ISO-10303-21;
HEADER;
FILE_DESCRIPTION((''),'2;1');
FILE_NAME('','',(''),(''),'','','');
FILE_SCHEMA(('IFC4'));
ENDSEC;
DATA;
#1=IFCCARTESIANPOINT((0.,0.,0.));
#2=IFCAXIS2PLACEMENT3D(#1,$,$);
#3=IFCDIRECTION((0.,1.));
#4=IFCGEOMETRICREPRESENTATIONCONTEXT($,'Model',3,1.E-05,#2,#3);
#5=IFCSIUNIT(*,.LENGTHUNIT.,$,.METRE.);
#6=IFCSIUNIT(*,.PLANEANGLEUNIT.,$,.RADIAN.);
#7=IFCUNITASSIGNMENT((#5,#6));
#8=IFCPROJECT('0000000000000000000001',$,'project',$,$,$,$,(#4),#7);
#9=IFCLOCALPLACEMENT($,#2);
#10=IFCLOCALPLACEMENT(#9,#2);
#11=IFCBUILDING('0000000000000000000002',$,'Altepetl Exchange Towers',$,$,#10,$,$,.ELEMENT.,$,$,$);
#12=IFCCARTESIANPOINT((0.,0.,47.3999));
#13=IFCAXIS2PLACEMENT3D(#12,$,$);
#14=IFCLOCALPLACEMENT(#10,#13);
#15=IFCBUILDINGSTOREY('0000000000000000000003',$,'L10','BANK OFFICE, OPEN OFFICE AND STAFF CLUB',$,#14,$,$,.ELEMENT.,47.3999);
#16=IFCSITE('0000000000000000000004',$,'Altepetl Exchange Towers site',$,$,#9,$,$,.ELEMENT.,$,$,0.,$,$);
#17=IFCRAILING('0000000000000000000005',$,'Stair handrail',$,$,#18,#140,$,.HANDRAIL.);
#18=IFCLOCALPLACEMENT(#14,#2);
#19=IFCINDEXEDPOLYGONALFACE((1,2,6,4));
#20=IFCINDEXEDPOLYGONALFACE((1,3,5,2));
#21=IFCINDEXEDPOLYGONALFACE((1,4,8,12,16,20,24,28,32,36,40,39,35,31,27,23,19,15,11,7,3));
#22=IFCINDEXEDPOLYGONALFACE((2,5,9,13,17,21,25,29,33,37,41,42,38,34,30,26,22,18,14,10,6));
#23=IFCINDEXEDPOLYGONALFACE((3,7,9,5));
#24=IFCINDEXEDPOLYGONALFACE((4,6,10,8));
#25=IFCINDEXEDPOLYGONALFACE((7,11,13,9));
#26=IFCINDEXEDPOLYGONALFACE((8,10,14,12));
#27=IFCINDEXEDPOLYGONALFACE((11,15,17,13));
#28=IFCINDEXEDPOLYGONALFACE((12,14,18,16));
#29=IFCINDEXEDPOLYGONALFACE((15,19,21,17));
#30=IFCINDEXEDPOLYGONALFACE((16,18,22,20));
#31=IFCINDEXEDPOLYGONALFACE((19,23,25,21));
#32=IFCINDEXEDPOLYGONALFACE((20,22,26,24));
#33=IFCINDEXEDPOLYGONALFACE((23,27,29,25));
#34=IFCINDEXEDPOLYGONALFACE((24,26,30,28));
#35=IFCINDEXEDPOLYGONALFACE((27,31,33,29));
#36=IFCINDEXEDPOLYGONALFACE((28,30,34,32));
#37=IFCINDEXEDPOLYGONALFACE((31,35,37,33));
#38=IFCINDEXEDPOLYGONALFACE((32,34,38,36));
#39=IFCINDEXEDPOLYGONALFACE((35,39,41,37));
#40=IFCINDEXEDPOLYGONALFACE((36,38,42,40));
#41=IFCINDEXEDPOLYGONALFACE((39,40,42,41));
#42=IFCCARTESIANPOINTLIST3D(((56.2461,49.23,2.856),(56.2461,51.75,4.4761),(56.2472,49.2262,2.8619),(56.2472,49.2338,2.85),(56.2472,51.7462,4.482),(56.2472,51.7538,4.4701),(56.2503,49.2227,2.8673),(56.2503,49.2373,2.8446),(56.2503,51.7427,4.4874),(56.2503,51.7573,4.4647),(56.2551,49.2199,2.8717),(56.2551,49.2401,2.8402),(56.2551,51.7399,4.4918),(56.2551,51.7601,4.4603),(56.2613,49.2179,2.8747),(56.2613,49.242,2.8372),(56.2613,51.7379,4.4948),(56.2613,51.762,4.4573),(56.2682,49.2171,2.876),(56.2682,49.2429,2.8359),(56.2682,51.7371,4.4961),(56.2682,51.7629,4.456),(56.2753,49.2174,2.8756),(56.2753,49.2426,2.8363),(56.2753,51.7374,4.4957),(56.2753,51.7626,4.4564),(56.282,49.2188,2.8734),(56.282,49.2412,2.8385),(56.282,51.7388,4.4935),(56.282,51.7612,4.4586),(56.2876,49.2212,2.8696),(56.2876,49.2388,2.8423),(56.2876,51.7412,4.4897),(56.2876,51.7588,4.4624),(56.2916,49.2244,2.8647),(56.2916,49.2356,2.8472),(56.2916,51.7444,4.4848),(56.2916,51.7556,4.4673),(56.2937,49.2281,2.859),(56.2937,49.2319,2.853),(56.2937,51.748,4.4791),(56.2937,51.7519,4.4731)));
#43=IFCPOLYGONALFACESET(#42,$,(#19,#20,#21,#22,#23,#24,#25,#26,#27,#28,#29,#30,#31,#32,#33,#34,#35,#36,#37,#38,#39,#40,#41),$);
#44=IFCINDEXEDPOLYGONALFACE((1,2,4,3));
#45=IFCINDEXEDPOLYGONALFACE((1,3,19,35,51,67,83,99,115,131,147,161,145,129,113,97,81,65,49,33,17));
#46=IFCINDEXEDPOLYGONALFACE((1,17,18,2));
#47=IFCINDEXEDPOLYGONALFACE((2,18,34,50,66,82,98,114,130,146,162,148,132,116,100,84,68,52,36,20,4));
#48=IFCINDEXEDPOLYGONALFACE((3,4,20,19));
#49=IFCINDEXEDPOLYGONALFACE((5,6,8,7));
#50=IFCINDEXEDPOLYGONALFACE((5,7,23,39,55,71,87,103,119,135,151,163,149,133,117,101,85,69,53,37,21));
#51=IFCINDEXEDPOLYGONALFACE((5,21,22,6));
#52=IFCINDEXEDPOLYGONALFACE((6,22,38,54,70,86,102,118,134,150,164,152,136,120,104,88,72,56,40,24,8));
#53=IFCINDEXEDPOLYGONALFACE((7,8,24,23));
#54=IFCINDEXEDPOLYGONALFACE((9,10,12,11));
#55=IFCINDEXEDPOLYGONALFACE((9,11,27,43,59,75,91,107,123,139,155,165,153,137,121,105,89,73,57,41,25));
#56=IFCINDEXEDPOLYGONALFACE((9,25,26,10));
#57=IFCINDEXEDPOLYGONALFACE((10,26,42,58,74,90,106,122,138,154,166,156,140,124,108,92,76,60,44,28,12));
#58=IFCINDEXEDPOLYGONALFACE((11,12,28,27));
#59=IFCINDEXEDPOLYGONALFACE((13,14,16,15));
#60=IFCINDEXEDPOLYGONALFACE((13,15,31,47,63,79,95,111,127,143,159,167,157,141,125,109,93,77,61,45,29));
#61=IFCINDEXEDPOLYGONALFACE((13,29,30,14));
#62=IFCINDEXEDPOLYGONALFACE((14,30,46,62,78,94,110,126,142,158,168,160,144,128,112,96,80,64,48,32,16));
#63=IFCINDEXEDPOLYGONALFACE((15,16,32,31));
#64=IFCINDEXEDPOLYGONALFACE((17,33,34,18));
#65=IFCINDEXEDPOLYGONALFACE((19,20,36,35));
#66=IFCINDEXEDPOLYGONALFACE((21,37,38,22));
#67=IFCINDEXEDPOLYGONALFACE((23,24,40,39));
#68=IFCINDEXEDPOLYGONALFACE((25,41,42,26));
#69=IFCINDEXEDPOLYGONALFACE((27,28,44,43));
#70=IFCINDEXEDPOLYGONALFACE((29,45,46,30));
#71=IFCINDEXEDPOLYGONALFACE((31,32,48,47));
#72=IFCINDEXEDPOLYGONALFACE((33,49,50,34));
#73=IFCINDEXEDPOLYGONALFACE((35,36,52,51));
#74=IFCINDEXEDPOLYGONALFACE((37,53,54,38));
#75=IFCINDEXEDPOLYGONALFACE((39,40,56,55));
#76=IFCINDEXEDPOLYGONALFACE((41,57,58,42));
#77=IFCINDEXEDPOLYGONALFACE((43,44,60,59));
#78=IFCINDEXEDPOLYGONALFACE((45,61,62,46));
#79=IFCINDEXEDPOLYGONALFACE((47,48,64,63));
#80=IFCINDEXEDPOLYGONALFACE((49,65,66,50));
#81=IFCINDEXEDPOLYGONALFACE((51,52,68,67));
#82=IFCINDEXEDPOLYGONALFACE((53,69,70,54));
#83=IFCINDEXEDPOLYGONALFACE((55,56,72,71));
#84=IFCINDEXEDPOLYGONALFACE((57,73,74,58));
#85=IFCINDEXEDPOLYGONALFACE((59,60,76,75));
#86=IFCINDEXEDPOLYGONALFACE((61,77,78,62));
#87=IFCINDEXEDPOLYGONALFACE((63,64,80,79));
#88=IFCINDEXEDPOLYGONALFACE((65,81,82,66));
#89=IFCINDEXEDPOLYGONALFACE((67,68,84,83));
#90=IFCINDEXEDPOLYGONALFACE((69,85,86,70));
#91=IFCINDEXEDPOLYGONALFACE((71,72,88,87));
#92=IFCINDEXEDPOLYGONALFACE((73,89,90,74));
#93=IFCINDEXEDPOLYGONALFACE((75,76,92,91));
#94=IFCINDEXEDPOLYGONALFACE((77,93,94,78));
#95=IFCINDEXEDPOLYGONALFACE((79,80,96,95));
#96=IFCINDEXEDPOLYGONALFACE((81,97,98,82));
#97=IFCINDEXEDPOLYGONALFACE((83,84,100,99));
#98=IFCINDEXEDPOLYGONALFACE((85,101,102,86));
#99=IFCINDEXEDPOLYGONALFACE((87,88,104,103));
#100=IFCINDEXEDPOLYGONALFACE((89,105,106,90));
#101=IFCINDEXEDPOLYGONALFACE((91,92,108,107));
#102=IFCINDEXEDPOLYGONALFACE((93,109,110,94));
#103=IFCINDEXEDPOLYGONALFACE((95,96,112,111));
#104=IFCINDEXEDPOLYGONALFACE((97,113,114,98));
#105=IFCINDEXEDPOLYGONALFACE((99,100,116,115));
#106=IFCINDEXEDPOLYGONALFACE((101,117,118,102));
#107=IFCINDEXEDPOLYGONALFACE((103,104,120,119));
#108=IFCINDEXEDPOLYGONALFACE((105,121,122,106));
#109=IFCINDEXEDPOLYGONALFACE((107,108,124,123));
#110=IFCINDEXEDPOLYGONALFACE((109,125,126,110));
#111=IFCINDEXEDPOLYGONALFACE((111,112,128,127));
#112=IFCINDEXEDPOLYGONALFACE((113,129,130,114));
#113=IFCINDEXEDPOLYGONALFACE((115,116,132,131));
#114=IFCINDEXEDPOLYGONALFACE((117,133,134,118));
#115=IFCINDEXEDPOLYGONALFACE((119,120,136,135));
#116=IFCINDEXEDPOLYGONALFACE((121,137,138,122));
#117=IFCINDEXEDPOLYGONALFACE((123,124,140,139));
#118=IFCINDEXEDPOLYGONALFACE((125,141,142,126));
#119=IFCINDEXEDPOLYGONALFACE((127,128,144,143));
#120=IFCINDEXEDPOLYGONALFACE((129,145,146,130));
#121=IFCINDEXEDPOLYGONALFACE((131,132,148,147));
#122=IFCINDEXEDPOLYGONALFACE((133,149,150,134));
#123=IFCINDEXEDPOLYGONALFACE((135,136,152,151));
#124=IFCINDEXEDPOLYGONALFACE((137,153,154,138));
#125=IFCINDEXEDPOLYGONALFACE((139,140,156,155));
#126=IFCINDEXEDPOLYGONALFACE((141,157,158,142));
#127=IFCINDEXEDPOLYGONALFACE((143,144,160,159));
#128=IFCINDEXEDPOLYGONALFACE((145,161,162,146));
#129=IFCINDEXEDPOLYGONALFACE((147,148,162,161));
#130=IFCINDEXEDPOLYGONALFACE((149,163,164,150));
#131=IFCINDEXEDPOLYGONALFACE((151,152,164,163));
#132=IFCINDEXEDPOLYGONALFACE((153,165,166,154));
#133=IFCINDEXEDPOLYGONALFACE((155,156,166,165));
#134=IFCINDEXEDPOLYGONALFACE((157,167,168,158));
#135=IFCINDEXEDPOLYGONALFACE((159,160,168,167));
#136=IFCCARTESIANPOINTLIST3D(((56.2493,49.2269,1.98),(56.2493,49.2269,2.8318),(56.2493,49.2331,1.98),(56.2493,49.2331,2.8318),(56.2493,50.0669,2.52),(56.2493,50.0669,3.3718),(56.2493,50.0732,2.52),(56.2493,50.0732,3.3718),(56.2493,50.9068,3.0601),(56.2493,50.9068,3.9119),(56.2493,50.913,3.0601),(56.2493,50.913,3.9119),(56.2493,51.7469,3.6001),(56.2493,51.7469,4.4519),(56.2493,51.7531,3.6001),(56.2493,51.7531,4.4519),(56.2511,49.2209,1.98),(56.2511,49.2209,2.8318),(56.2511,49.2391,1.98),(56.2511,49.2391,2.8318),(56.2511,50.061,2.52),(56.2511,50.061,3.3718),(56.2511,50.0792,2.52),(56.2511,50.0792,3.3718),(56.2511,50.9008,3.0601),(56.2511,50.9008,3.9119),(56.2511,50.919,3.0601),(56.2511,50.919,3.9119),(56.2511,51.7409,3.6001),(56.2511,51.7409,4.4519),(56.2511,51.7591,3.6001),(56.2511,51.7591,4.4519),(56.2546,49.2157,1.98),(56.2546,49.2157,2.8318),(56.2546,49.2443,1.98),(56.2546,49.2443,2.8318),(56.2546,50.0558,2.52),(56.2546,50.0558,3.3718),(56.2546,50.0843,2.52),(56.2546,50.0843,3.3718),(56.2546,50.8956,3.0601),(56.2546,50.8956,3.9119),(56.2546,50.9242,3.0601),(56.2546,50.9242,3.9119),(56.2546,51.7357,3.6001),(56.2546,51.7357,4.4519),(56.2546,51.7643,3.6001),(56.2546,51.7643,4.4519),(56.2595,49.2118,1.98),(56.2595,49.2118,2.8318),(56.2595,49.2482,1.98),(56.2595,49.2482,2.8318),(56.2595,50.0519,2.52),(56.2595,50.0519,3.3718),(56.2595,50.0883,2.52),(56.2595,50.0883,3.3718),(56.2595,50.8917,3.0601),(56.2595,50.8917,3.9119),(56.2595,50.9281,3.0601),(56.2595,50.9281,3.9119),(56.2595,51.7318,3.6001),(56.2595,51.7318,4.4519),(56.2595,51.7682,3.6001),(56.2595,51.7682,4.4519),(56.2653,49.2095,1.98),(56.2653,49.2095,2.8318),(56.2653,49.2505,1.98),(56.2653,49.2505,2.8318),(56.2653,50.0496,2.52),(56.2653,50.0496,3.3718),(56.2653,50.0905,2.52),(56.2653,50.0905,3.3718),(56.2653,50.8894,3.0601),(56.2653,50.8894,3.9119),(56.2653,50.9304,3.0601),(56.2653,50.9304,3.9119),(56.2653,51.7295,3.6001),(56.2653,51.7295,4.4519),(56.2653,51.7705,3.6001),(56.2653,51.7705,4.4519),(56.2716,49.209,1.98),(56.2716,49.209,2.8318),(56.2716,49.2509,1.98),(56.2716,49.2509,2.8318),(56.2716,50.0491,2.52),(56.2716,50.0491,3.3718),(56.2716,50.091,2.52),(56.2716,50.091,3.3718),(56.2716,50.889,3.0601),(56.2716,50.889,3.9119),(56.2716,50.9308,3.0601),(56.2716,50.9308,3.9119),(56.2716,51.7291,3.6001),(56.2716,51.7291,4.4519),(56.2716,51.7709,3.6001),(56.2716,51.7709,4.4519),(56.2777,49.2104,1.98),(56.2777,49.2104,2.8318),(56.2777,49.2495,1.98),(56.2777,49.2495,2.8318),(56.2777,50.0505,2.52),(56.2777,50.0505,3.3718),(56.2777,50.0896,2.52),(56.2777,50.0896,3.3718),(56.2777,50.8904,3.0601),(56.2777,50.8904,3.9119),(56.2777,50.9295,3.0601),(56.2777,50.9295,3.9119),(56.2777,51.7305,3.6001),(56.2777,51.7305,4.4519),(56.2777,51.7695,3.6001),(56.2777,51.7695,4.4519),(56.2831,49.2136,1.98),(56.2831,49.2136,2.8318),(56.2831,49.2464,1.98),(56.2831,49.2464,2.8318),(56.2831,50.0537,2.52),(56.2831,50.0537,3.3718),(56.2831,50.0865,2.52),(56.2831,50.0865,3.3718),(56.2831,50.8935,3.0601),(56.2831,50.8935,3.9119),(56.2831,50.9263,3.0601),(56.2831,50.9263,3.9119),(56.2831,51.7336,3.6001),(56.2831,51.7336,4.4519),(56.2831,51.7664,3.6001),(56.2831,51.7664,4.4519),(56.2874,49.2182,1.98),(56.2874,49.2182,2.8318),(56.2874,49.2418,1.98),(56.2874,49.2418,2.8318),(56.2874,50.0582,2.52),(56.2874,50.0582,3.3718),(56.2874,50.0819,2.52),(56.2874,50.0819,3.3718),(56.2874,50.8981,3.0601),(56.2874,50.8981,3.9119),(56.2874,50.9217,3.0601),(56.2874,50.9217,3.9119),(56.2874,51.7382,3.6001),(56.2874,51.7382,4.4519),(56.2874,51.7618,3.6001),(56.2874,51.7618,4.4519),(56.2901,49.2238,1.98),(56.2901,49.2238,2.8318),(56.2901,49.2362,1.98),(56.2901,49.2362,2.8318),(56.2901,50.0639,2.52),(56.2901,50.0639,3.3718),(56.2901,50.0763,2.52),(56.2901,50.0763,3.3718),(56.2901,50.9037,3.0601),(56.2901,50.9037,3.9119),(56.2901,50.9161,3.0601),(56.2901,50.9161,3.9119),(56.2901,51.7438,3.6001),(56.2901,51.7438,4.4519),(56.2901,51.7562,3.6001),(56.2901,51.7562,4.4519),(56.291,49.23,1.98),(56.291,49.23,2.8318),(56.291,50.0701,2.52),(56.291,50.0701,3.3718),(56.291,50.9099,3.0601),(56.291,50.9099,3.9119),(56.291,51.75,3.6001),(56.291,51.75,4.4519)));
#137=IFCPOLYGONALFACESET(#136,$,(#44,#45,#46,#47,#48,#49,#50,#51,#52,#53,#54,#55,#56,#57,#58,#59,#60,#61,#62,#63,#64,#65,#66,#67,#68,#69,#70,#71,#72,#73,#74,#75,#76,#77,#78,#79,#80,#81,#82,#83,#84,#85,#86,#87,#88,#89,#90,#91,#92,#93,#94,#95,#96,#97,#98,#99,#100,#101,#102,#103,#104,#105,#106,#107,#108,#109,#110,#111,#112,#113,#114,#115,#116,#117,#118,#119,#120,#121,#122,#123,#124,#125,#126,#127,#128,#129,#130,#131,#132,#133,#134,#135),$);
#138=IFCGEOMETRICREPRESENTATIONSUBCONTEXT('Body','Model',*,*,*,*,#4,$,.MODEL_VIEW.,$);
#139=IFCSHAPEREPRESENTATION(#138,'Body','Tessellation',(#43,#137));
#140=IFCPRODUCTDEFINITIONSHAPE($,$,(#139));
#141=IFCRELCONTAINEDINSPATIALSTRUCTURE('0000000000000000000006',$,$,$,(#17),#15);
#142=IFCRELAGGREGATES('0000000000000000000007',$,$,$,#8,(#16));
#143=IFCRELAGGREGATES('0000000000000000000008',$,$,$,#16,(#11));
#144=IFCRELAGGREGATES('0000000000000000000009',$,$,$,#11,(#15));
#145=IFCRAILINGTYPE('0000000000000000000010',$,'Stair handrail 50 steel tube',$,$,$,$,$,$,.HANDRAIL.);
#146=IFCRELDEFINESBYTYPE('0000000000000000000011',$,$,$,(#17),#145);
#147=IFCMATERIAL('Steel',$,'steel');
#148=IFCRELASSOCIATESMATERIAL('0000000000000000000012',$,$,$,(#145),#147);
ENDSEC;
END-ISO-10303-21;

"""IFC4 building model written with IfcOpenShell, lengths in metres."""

from ifc_helpers import new_model, si_unit, direction, frame, origin, origin_2d, place, context, subcontext, project, spatial, circle, extrude, source, transform, mapped, material, type_object, element, save


model = new_model("IFC4")

# Units and contexts
model_context = context("Model", 3, precision=1e-05, world=origin(), true_north=direction((0.0, 1.0)))
body_context = subcontext(model_context, "Body", "Model", "MODEL_VIEW")
ifc_project = project(units=[si_unit("LENGTHUNIT", "METRE"), si_unit("PLANEANGLEUNIT", "RADIAN")], contexts=[model_context])

# Site, building, storey
site_placement = place(None, origin())
site = spatial("IfcSite", under=ifc_project, at=site_placement, Name="Altepetl Exchange Towers site", CompositionType="ELEMENT", RefElevation=0.0)
building_placement = place(site_placement, origin())
building = spatial("IfcBuilding", under=site, at=building_placement, Name="Altepetl Exchange Towers", CompositionType="ELEMENT")
storey_placement = place(building_placement, frame((0.0, 0.0, 47.3999)))
storey = spatial("IfcBuildingStorey", under=building, at=storey_placement, Name="L10", Description="BANK OFFICE, OPEN OFFICE AND STAFF CLUB", CompositionType="ELEMENT", Elevation=47.3999)

# Railing
ifc_material_1 = material(Name="Steel", Category="steel")
railing_type = type_object("IfcRailingType", Name="Stair handrail 50 steel tube", PredefinedType="HANDRAIL", material=ifc_material_1)
shared_shape = source(origin(), body_context, "Body", "SweptSolid", [
    extrude(circle(Radius=0.021, at=origin_2d()), origin(), (0.0, 0.0, 1.0), 0.8518),
])
railing_1_placement = place(storey_placement, frame((56.27, 49.23, 1.98)))
element("IfcRailing", 1, at=railing_1_placement, inside=storey, type_object=railing_type, Name="Stair handrail", PredefinedType="HANDRAIL", context=body_context, shape_type="SweptSolid", body=[
    extrude(circle(Radius=0.0239, at=origin_2d()), frame((0.0, 0.0, 0.876), z_axis=(0.0, 0.841163, 0.540782), x_axis=(-1.0, 0.0, 0.0)), (0.0, 0.0, 1.0), 2.9958),
    mapped(shared_shape, transform((0.0, 0.0, 0.0))),
    mapped(shared_shape, transform((0.0, 0.8401, 0.54))),
    mapped(shared_shape, transform((0.0, 1.6799, 1.0801))),
    mapped(shared_shape, transform((0.0, 2.52, 1.6201))),
])

save(model, "model.ifc")
